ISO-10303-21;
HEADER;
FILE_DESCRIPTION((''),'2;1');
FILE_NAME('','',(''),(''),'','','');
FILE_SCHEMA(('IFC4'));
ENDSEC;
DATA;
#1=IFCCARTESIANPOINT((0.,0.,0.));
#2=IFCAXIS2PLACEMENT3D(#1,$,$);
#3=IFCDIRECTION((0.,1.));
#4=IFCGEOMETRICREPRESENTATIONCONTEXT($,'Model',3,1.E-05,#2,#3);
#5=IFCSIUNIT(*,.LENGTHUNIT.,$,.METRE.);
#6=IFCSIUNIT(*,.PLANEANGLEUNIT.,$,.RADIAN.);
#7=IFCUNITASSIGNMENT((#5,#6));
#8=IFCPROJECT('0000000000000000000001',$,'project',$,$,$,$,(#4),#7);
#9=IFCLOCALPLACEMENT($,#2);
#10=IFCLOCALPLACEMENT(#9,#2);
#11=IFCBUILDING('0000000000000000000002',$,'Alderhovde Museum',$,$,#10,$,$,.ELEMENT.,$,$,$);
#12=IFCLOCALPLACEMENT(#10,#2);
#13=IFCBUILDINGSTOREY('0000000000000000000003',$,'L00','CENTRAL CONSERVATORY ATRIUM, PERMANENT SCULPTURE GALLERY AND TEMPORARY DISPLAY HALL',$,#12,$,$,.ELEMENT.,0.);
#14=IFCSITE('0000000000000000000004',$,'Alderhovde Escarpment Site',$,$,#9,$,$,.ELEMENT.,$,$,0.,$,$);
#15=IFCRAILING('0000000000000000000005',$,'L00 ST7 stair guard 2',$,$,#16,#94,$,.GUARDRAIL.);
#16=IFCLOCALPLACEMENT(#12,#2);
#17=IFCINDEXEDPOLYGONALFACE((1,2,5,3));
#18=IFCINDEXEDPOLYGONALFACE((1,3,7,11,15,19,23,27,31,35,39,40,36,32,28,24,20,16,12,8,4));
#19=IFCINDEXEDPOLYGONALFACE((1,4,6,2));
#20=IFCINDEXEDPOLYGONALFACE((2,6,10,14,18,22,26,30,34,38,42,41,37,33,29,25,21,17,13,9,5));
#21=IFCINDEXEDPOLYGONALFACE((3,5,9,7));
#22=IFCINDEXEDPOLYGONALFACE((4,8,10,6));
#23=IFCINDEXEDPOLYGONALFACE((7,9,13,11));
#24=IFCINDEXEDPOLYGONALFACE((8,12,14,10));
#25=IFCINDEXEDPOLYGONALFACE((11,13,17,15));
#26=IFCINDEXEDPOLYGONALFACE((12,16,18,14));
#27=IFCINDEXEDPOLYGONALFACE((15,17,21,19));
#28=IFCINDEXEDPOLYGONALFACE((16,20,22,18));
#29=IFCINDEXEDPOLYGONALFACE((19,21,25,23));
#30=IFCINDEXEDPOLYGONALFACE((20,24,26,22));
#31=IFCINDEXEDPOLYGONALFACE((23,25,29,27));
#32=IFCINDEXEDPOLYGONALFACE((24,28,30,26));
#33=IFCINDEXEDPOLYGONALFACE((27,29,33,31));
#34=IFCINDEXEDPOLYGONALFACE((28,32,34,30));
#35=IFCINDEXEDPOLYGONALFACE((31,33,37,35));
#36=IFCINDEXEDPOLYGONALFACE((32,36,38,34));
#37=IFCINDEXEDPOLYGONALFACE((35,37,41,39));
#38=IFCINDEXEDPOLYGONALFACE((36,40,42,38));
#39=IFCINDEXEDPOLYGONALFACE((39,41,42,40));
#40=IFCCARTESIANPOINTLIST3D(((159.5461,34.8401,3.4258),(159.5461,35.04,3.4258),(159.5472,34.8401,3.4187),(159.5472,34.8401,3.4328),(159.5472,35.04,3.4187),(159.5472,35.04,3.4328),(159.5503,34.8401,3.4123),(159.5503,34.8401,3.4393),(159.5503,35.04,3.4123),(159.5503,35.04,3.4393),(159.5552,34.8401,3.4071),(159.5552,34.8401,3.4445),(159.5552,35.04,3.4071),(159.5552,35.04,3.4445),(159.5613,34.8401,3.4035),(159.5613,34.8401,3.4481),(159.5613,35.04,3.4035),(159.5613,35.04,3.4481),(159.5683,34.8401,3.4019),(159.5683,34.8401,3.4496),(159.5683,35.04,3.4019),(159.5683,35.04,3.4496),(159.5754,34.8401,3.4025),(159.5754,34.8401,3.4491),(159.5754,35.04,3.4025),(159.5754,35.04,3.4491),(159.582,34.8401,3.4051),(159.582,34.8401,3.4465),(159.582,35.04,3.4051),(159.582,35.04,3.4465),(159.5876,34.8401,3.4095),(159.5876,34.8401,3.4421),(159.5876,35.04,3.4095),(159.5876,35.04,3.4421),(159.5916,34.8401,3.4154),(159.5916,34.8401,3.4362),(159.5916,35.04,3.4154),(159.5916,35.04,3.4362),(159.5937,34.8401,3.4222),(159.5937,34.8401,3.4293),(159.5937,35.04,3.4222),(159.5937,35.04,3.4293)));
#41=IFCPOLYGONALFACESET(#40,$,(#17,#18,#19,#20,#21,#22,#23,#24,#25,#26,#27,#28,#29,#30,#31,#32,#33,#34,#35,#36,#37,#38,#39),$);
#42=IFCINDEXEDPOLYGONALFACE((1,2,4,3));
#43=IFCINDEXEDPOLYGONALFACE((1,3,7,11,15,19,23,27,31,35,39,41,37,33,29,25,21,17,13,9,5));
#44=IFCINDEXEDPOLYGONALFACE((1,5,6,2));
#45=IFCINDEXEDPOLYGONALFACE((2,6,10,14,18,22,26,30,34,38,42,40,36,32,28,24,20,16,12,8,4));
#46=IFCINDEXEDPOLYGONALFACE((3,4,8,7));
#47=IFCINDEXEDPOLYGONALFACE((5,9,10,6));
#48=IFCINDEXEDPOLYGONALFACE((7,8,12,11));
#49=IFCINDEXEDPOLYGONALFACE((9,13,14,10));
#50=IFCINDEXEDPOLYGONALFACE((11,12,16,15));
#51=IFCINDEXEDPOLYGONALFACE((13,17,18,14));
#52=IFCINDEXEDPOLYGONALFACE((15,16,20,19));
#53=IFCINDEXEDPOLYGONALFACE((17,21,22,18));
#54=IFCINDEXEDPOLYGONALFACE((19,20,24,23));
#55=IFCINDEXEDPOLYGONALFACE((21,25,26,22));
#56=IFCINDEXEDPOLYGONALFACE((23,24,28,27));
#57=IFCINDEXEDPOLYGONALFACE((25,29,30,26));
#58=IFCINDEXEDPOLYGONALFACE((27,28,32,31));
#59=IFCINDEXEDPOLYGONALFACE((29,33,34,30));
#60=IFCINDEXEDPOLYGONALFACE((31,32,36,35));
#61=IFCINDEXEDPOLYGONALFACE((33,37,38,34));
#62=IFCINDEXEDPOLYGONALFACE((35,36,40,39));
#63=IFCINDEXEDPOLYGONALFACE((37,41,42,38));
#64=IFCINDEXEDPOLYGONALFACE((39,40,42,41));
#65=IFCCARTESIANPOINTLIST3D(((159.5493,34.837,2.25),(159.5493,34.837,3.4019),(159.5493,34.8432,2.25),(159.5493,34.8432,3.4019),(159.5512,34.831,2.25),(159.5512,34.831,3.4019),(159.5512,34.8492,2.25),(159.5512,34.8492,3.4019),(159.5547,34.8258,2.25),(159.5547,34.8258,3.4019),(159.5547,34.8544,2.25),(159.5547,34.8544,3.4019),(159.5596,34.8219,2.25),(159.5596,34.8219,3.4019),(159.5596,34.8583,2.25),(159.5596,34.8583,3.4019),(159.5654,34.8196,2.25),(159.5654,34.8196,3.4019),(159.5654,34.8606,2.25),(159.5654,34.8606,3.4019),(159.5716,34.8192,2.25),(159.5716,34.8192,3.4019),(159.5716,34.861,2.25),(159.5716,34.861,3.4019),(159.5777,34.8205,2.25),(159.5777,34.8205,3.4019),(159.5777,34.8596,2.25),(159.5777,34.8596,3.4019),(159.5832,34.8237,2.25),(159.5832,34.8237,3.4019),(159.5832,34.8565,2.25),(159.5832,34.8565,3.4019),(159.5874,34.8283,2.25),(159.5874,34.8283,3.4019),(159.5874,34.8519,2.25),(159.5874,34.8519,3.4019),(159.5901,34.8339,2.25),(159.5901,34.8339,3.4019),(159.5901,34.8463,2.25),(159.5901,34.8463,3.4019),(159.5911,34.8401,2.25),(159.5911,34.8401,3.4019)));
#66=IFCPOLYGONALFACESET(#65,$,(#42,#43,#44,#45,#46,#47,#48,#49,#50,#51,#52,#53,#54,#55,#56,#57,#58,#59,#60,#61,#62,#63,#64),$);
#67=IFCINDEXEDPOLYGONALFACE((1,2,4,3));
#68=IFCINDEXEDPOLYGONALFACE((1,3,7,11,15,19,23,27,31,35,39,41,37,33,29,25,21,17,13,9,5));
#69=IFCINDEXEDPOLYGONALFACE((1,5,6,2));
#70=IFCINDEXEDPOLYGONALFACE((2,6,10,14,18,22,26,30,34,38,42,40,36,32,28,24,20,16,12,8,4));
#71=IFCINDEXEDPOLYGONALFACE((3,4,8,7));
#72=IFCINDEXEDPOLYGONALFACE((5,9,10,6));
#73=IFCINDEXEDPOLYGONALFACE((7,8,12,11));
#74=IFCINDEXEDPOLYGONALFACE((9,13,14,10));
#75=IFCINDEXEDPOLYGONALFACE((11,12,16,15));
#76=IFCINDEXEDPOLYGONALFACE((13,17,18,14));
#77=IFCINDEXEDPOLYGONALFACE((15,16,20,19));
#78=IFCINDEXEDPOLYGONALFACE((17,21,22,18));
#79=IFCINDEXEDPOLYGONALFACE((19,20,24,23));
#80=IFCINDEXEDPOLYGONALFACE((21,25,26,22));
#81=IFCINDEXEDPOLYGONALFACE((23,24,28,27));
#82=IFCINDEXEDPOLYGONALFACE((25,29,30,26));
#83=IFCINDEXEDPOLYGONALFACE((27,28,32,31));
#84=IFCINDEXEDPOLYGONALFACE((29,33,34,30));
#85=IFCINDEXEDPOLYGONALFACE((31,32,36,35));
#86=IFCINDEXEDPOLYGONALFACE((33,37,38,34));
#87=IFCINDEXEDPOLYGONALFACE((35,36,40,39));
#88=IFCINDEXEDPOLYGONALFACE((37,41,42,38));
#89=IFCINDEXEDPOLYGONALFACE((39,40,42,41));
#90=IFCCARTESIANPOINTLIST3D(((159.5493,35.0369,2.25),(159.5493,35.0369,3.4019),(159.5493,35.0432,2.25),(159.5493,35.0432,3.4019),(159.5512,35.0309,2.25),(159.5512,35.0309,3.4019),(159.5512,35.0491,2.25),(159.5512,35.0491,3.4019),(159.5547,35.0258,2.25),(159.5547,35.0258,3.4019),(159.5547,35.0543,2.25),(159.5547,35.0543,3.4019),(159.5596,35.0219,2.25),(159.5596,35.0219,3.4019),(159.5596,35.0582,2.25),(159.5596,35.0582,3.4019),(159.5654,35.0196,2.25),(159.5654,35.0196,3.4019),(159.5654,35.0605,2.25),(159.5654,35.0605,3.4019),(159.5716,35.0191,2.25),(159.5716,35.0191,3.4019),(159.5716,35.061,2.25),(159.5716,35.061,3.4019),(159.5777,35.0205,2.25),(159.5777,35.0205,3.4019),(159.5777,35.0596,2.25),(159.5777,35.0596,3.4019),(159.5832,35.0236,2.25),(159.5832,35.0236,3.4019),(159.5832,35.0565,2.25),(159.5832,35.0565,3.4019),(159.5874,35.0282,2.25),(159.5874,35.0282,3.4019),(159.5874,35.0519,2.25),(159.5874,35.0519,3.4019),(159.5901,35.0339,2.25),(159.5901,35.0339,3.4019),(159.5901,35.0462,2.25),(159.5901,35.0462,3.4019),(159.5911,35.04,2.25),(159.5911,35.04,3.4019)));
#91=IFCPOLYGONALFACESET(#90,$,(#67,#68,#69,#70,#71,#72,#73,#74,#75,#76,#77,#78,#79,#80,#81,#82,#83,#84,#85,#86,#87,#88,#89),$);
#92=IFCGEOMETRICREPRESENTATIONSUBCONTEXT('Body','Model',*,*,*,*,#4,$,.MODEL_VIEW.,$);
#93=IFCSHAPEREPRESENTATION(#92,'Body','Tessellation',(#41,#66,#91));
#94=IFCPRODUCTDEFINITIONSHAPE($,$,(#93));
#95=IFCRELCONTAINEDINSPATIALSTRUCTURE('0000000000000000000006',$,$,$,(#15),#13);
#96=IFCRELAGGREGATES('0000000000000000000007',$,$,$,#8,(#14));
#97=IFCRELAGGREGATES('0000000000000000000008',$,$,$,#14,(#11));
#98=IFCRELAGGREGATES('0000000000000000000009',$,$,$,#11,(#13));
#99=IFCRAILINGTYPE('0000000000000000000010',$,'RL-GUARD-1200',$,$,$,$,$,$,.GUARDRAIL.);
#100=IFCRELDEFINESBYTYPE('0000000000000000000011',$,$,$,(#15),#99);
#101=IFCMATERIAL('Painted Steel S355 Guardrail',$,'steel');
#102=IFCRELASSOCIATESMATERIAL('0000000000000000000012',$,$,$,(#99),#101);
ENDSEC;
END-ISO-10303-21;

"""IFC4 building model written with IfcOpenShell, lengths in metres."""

from ifc_helpers import new_model, si_unit, direction, frame, origin, origin_2d, place, context, subcontext, project, spatial, circle, extrude, material, type_object, element, save


model = new_model("IFC4")

# Units and contexts
model_context = context("Model", 3, precision=1e-05, world=origin(), true_north=direction((0.0, 1.0)))
body_context = subcontext(model_context, "Body", "Model", "MODEL_VIEW")
ifc_project = project(units=[si_unit("LENGTHUNIT", "METRE"), si_unit("PLANEANGLEUNIT", "RADIAN")], contexts=[model_context])

# Site, building, storey
site_placement = place(None, origin())
site = spatial("IfcSite", under=ifc_project, at=site_placement, Name="Alderhovde Escarpment Site", CompositionType="ELEMENT", RefElevation=0.0)
building_placement = place(site_placement, origin())
building = spatial("IfcBuilding", under=site, at=building_placement, Name="Alderhovde Museum", CompositionType="ELEMENT")
storey_placement = place(building_placement, origin())
storey = spatial("IfcBuildingStorey", under=building, at=storey_placement, Name="L00", Description="CENTRAL CONSERVATORY ATRIUM, PERMANENT SCULPTURE GALLERY AND TEMPORARY DISPLAY HALL", CompositionType="ELEMENT", Elevation=0.0)

# Railing
ifc_material_1 = material(Name="Painted Steel S355 Guardrail", Category="steel")
railing_type_1 = type_object("IfcRailingType", Name="RL-GUARD-1200", PredefinedType="GUARDRAIL", material=ifc_material_1)
railing_1_placement = place(storey_placement, frame((159.5701, 34.8401, 2.25)))
element("IfcRailing", 1, at=railing_1_placement, inside=storey, type_object=railing_type_1, Name="L00 ST7 stair guard 2", PredefinedType="GUARDRAIL", context=body_context, shape_type="SweptSolid", body=[
    extrude(circle(Radius=0.0239, at=origin_2d()), frame((0.0, 0.0, 1.1758), z_axis=(0.0, 1.0, 0.0), x_axis=(-1.0, 0.0, 0.0)), (0.0, 0.0, 1.0), 0.2),
    extrude(circle(Radius=0.021, at=origin_2d()), origin(), (0.0, 0.0, 1.0), 1.1519),
    extrude(circle(Radius=0.021, at=origin_2d()), frame((0.0, 0.2, 0.0)), (0.0, 0.0, 1.0), 1.1519),
])

save(model, "model.ifc")
